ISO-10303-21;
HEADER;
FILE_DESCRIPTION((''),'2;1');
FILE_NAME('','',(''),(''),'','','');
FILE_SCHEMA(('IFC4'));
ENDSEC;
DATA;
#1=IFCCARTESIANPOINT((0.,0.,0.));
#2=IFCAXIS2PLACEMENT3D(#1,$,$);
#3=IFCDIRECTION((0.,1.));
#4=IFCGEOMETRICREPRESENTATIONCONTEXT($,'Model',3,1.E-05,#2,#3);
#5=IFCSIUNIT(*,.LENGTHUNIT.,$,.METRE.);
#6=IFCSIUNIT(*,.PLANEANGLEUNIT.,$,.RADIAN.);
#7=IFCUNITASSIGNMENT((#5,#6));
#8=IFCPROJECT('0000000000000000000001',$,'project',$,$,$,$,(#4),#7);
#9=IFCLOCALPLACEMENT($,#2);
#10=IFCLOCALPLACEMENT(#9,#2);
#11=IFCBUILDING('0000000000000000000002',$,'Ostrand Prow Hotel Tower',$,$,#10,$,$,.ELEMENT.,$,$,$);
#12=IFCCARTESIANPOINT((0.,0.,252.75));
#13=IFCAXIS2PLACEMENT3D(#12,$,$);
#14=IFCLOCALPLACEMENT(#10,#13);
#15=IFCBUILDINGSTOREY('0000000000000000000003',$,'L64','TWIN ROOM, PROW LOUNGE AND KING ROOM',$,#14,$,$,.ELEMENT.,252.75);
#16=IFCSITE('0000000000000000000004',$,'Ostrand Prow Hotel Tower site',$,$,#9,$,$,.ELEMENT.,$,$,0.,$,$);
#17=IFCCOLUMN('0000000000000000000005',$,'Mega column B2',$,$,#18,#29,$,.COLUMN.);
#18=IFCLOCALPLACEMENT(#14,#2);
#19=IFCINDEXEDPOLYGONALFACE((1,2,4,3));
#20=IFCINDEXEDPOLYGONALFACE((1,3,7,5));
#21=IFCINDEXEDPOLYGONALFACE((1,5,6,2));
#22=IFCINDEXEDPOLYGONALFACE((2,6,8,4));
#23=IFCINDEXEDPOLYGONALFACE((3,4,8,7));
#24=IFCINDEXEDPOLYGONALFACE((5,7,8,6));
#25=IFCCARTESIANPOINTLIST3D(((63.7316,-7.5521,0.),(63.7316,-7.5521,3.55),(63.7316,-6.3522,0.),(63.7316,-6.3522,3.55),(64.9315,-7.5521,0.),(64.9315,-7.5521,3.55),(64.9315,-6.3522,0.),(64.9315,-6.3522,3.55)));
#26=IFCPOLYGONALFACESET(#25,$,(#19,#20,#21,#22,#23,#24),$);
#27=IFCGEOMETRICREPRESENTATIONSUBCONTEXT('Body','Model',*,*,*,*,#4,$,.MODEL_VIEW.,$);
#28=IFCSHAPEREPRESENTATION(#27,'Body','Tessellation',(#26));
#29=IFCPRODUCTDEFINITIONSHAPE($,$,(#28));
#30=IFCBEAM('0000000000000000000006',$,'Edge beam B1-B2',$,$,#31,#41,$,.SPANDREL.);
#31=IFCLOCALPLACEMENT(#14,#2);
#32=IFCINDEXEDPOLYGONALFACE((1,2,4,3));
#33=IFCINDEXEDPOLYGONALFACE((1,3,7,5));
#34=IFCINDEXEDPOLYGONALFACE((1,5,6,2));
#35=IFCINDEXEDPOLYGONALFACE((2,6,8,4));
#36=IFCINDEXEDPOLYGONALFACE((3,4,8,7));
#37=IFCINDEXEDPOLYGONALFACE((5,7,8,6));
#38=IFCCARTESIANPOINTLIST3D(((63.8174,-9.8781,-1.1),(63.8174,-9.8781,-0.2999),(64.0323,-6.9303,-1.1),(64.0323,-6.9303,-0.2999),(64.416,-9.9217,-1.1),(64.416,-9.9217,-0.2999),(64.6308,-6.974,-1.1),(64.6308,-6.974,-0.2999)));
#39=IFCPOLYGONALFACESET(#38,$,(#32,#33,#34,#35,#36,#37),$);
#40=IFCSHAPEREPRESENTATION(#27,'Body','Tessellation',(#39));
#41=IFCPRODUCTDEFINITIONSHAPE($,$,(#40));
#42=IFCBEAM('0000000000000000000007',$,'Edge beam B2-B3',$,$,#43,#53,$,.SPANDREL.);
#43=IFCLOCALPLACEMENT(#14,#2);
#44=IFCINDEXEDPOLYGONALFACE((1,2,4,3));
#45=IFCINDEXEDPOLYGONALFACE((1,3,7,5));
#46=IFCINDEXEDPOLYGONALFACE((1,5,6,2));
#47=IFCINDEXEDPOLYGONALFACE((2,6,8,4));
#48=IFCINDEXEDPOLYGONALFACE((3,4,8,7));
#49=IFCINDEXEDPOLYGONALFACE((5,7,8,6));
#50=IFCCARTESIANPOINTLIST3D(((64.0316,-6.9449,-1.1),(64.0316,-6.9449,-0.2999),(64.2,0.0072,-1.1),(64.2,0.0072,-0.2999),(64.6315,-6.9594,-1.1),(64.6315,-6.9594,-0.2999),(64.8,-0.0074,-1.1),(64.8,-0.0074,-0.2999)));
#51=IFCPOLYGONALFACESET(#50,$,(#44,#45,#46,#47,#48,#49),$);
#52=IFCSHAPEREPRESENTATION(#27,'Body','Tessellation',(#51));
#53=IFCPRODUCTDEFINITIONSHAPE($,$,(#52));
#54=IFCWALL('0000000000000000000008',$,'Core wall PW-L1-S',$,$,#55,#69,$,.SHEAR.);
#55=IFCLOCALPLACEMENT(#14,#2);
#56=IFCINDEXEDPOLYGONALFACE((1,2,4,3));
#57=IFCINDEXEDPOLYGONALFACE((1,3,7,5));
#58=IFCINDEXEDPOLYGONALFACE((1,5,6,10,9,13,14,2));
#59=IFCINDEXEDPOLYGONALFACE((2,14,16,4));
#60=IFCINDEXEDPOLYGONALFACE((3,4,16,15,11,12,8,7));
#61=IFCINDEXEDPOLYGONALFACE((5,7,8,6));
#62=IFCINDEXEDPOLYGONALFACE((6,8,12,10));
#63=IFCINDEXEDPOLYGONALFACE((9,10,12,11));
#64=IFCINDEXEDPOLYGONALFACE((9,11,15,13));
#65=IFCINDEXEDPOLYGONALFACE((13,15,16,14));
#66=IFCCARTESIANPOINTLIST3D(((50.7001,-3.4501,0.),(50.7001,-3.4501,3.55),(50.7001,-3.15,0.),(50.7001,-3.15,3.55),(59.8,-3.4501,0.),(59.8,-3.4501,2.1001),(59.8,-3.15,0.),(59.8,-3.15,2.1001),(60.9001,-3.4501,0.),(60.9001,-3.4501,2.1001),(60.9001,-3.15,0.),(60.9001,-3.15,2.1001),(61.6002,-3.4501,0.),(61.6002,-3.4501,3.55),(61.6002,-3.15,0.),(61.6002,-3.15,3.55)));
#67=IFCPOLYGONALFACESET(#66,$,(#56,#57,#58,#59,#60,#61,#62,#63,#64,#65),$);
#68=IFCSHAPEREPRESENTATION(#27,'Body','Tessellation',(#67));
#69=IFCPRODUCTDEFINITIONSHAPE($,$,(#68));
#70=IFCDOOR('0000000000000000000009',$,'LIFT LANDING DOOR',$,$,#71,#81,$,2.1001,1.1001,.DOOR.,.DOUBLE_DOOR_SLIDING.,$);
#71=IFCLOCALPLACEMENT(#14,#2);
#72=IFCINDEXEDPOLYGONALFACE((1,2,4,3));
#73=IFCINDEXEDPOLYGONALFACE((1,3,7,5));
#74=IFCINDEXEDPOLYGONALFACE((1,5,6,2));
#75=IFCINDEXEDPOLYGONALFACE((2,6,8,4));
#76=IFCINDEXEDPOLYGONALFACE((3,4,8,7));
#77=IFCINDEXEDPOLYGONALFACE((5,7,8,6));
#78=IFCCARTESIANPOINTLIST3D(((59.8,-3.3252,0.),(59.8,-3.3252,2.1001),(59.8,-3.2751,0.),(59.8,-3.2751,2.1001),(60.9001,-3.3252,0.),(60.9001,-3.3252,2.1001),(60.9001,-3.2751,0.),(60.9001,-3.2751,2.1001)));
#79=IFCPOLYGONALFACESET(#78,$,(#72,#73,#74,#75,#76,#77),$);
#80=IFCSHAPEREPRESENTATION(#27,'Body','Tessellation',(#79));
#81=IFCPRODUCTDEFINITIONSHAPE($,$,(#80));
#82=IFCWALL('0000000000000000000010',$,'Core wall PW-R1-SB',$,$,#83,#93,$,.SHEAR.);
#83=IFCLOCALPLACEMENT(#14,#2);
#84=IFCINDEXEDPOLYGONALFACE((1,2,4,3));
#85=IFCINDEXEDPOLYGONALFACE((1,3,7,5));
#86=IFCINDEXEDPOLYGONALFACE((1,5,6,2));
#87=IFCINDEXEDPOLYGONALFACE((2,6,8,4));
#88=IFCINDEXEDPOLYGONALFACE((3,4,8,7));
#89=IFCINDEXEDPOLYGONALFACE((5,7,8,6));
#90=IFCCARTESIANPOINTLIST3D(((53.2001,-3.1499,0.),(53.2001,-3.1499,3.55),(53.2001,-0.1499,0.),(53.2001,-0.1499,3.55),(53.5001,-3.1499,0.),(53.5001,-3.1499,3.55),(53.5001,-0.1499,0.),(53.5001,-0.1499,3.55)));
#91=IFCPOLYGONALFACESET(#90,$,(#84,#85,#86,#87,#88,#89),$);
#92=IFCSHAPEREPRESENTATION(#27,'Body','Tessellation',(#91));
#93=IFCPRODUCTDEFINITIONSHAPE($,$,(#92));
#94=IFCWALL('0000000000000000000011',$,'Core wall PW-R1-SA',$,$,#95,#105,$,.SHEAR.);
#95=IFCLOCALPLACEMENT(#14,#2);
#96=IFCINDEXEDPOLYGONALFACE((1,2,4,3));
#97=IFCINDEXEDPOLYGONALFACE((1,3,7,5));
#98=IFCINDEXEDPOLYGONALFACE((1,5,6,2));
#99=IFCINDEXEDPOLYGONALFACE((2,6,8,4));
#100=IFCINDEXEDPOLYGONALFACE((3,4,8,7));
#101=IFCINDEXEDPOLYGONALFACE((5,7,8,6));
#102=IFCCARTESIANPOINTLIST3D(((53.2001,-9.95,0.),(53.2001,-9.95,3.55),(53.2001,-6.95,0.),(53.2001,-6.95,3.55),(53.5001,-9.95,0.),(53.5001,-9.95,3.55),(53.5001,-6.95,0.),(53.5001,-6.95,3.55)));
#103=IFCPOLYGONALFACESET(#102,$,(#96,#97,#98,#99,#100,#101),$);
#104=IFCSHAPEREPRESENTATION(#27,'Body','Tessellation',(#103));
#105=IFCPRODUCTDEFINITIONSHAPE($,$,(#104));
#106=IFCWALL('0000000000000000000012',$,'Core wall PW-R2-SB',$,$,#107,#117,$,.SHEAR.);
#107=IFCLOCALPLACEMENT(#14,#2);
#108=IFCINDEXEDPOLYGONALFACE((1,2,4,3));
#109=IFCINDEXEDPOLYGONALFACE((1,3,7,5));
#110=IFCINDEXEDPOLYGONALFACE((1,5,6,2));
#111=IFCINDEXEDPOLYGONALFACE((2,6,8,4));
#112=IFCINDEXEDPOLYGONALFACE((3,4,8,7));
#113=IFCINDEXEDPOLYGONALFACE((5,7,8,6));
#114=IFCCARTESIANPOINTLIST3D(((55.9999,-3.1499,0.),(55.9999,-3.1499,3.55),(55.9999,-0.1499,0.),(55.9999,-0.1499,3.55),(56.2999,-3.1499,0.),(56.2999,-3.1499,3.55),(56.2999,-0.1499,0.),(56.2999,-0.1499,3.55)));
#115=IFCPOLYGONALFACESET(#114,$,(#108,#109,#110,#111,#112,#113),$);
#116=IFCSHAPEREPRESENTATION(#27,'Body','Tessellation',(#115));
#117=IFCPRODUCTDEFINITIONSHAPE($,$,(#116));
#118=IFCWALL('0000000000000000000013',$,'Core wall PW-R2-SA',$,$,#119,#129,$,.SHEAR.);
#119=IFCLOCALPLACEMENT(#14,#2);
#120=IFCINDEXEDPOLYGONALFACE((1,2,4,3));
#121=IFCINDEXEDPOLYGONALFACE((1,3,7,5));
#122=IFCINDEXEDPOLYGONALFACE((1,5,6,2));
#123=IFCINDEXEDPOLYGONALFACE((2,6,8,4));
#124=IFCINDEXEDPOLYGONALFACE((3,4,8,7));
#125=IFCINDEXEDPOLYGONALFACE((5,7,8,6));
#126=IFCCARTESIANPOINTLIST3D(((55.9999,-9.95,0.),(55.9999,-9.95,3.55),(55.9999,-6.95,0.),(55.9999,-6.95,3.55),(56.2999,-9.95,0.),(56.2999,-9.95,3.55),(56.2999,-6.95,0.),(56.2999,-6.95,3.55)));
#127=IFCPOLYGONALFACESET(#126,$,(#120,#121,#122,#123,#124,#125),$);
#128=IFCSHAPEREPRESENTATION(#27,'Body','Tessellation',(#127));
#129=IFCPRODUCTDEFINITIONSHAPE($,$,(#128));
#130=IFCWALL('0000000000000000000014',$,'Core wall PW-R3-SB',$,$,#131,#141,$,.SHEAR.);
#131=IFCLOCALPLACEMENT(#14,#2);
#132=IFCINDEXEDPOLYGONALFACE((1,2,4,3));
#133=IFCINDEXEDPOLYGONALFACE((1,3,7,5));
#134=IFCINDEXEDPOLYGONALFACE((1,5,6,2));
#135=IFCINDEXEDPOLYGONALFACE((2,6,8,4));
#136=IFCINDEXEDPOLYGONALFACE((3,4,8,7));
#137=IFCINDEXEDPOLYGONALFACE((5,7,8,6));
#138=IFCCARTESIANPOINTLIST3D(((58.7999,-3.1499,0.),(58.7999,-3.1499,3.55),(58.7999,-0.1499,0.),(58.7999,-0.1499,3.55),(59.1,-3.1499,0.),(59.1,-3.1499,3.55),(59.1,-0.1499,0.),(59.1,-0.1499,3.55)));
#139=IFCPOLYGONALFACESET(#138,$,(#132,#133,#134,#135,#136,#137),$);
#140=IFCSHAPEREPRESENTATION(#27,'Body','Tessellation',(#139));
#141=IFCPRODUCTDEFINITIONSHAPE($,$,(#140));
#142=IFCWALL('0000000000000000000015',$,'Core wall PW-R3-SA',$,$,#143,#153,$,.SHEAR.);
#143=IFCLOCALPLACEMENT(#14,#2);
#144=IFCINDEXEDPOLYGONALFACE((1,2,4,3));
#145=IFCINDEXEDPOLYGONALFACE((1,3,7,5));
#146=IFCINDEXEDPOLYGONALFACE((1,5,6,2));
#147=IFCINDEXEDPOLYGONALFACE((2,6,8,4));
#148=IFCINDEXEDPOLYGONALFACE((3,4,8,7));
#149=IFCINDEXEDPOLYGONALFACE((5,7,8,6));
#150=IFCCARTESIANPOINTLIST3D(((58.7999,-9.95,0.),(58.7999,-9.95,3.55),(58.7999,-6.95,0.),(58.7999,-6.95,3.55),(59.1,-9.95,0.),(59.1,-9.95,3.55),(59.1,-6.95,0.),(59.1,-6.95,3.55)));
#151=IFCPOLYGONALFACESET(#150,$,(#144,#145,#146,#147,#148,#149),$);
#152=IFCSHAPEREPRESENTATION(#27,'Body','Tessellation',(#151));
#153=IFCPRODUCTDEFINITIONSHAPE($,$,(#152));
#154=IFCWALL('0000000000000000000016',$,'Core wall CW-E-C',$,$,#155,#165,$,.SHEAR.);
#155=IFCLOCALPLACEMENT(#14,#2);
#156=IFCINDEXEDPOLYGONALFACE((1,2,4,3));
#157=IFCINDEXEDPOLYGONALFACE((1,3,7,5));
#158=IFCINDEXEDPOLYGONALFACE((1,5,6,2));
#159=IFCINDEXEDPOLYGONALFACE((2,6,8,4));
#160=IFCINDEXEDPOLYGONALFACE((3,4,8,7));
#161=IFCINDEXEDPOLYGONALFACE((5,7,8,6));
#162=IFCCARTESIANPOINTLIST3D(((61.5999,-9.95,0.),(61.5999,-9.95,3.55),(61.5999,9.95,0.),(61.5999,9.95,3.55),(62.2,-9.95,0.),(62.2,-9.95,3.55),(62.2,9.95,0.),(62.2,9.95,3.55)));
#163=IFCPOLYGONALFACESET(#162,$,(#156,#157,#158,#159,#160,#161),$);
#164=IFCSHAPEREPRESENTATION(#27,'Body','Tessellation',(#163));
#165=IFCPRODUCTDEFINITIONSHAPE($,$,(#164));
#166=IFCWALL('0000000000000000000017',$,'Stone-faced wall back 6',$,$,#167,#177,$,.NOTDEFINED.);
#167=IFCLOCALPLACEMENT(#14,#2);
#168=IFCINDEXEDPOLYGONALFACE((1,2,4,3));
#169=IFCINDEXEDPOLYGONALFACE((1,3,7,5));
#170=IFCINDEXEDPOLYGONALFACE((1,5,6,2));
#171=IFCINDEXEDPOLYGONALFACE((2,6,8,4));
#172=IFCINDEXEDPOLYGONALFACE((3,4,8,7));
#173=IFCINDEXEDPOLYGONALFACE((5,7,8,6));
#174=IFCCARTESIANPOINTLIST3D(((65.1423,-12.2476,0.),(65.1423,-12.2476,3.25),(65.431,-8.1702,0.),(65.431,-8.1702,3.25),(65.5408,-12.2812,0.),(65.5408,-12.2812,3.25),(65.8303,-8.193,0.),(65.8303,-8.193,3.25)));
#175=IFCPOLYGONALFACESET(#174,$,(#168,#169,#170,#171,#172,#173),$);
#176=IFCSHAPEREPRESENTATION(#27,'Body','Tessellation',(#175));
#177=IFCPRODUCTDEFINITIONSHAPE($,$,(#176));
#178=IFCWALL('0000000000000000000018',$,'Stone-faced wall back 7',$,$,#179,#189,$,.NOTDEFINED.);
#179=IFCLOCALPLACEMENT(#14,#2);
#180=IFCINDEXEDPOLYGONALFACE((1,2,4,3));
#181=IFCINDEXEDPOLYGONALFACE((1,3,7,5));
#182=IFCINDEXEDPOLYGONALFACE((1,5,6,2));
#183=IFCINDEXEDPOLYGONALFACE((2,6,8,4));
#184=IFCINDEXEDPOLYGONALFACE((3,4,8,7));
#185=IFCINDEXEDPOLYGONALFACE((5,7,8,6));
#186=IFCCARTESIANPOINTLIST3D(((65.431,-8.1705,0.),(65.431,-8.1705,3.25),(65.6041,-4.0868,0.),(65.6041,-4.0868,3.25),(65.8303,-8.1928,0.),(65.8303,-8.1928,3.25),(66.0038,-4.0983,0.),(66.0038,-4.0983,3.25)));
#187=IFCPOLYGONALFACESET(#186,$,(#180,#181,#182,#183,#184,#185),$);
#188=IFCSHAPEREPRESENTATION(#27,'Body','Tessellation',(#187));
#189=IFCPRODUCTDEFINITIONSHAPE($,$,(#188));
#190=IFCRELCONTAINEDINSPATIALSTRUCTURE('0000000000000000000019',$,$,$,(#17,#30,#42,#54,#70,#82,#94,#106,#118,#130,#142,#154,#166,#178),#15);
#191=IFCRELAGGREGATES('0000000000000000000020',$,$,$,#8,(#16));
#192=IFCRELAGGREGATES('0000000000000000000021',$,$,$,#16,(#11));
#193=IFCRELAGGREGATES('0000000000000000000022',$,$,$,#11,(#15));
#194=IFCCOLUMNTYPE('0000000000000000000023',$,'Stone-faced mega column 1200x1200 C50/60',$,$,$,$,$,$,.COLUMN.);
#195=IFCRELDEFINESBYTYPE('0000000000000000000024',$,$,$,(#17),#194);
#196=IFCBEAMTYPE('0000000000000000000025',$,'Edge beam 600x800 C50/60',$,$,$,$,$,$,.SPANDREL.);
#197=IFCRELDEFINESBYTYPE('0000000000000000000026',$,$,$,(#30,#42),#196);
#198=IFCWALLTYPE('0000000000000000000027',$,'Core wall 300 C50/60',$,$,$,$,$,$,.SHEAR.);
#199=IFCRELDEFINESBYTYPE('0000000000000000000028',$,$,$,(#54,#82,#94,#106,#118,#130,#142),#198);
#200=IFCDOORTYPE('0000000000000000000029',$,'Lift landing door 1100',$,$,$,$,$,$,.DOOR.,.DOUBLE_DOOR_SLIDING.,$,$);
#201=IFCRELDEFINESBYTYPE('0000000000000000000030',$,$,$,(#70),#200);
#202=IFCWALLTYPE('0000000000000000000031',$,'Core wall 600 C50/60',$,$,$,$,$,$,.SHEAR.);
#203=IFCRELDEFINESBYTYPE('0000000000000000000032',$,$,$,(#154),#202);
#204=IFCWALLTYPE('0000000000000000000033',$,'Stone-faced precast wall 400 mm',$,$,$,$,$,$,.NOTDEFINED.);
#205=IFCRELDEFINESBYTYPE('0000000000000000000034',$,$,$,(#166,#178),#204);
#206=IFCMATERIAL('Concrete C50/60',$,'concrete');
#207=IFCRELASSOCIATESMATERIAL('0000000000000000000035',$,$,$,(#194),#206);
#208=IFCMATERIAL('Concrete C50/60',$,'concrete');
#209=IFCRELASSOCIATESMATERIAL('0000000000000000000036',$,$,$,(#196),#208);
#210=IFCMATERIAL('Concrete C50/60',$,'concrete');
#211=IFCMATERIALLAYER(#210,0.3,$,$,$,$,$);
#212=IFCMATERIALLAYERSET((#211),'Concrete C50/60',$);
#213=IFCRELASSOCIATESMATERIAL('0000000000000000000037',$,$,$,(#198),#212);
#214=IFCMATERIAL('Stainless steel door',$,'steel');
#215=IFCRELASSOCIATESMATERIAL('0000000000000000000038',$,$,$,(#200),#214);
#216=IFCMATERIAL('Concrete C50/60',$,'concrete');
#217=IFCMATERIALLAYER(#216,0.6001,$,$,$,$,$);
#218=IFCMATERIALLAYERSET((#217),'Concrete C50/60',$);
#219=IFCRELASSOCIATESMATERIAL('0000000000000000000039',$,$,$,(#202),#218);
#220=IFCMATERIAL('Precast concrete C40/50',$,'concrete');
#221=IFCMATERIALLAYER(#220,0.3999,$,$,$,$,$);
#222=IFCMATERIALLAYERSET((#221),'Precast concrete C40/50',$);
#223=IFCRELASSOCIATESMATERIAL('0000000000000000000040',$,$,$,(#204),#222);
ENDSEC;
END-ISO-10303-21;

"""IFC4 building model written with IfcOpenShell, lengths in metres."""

from ifc_helpers import new_model, si_unit, direction, frame, frame_2d, origin, origin_2d, place, context, subcontext, project, spatial, polyline, rectangle, outline, extrude, material, layer, layer_set, material_profile, profile_set, type_object, element, fill, save


model = new_model("IFC4")

# Units and contexts
model_context = context("Model", 3, precision=1e-05, world=origin(), true_north=direction((0.0, 1.0)))
body_context = subcontext(model_context, "Body", "Model", "MODEL_VIEW")
ifc_project = project(units=[si_unit("LENGTHUNIT", "METRE"), si_unit("PLANEANGLEUNIT", "RADIAN")], contexts=[model_context])

# Site, building, storey
site_placement = place(None, origin())
site = spatial("IfcSite", under=ifc_project, at=site_placement, Name="Ostrand Prow Hotel Tower site", CompositionType="ELEMENT", RefElevation=0.0)
building_placement = place(site_placement, origin())
building = spatial("IfcBuilding", under=site, at=building_placement, Name="Ostrand Prow Hotel Tower", CompositionType="ELEMENT")
storey_placement = place(building_placement, frame((0.0, 0.0, 252.75)))
storey = spatial("IfcBuildingStorey", under=building, at=storey_placement, Name="L64", Description="TWIN ROOM, PROW LOUNGE AND KING ROOM", CompositionType="ELEMENT", Elevation=252.75)

# Column
ifc_material_1 = material(Name="Concrete C50/60", Category="concrete")
ifc_material_profile_1 = material_profile(ifc_material_1, rectangle(XDim=1.2, YDim=1.2, at=origin_2d()), Name="RC 1200x1200")
ifc_profile_set_1 = profile_set([ifc_material_profile_1], Name="Concrete C50/60")
column_type = type_object("IfcColumnType", Name="Stone-faced mega column 1200x1200 C50/60", PredefinedType="COLUMN", material=ifc_profile_set_1)
column_placement = place(storey_placement, frame((64.3315, -6.9521, 0.0), z_axis=(0.0, 0.0, 1.0), x_axis=(1.0, 0.0, 0.0)))
element("IfcColumn", 1, at=column_placement, inside=storey, type_object=column_type, Name="Mega column B2", PredefinedType="COLUMN", context=body_context, shape_type="SweptSolid", body=[
    extrude(rectangle(XDim=1.2, YDim=1.2, at=origin_2d()), origin(), (0.0, 0.0, 1.0), 3.55),
])

# Beams
ifc_material_2 = material(Name="Concrete C50/60", Category="concrete")
ifc_material_profile_2 = material_profile(ifc_material_2, rectangle(XDim=0.6001, YDim=0.8, at=origin_2d()), Name="RC 600x800")
ifc_profile_set_2 = profile_set([ifc_material_profile_2], Name="Concrete C50/60")
beam_type = type_object("IfcBeamType", Name="Edge beam 600x800 C50/60", PredefinedType="SPANDREL", material=ifc_profile_set_2)
beam_1_placement = place(storey_placement, frame((64.1167, -9.8999, -0.7), z_axis=(0.072691, 0.997355, 0.0), x_axis=(-0.997355, 0.072691, 0.0)))
element("IfcBeam", 2, at=beam_1_placement, inside=storey, type_object=beam_type, Name="Edge beam B1-B2", PredefinedType="SPANDREL", context=body_context, shape_type="SweptSolid", body=[
    extrude(rectangle(XDim=0.6001, YDim=0.8, at=origin_2d()), origin(), (0.0, 0.0, 1.0), 2.9556),
])
beam_2_placement = place(storey_placement, frame((64.3315, -6.9521, -0.7), z_axis=(0.024224, 0.999707, 0.0), x_axis=(-0.999707, 0.024224, 0.0)))
element("IfcBeam", 3, at=beam_2_placement, inside=storey, type_object=beam_type, Name="Edge beam B2-B3", PredefinedType="SPANDREL", context=body_context, shape_type="SweptSolid", body=[
    extrude(rectangle(XDim=0.6001, YDim=0.8, at=origin_2d()), origin(), (0.0, 0.0, 1.0), 6.9541),
])

# Wall, opening, door
ifc_material_3 = material(Name="Concrete C50/60", Category="concrete")
ifc_layer_1 = layer(ifc_material_3, 0.3)
ifc_layer_set_1 = layer_set([ifc_layer_1], Name="Concrete C50/60")
wall_type_1 = type_object("IfcWallType", Name="Core wall 300 C50/60", PredefinedType="SHEAR", material=ifc_layer_set_1)
wall_1_placement = place(storey_placement, frame((50.7, -3.3, 0.0), z_axis=(0.0, 0.0, 1.0), x_axis=(1.0, 0.0, 0.0)))
wall_1 = element("IfcWall", 4, at=wall_1_placement, inside=storey, type_object=wall_type_1, Name="Core wall PW-L1-S", PredefinedType="SHEAR", context=body_context, shape_type="SweptSolid", body=[
    extrude(rectangle(XDim=10.9001, YDim=0.3, at=frame_2d((5.4502, 0.0))), origin(), (0.0, 0.0, 1.0), 3.55),
])
opening_placement = place(wall_1_placement, frame((9.1001, 0.0, 0.0)))
opening = element("IfcOpeningElement", 5, at=opening_placement, cuts=wall_1, PredefinedType="OPENING", context=body_context, shape_type="SweptSolid", body=[
    extrude(rectangle(XDim=1.1001, YDim=2.1001, at=frame_2d((0.55, 1.05))), frame((0.0, 0.1599, 0.0), z_axis=(0.0, -1.0, 0.0), x_axis=(1.0, 0.0, 0.0)), (0.0, 0.0, 1.0), 0.3201),
])
ifc_material_4 = material(Name="Stainless steel door", Category="steel")
door_type = type_object("IfcDoorType", Name="Lift landing door 1100", OperationType="DOUBLE_DOOR_SLIDING", PredefinedType="DOOR", material=ifc_material_4)
door_placement = place(opening_placement, origin())
door = element("IfcDoor", 6, at=door_placement, inside=storey, type_object=door_type, Name="LIFT LANDING DOOR", OperationType="DOUBLE_DOOR_SLIDING", OverallHeight=2.1001, OverallWidth=1.1001, PredefinedType="DOOR", context=body_context, shape_type="SweptSolid", body=[
    extrude(rectangle(XDim=1.1001, YDim=2.1001, at=frame_2d((0.55, 1.05))), frame((0.0, 0.0249, 0.0), z_axis=(0.0, -1.0, 0.0), x_axis=(1.0, 0.0, 0.0)), (0.0, 0.0, 1.0), 0.05),
])
fill(opening, door)

# Walls
for number, where, z_axis, x_axis, name in (
    (7, (53.3501, -3.1499, 0.0), (0.0, 0.0, 1.0), (0.0, 1.0, 0.0), "Core wall PW-R1-SB"),
    (8, (53.3501, -9.95, 0.0), (0.0, 0.0, 1.0), (0.0, 1.0, 0.0), "Core wall PW-R1-SA"),
    (9, (56.1499, -3.1499, 0.0), (0.0, 0.0, 1.0), (0.0, 1.0, 0.0), "Core wall PW-R2-SB"),
    (10, (56.1499, -9.95, 0.0), (0.0, 0.0, 1.0), (0.0, 1.0, 0.0), "Core wall PW-R2-SA"),
    (11, (58.95, -3.1499, 0.0), (0.0, 0.0, 1.0), (0.0, 1.0, 0.0), "Core wall PW-R3-SB"),
    (12, (58.95, -9.95, 0.0), (0.0, 0.0, 1.0), (0.0, 1.0, 0.0), "Core wall PW-R3-SA"),
):
    element("IfcWall", number, at=place(storey_placement, frame(where, z_axis=z_axis, x_axis=x_axis)), inside=storey, type_object=wall_type_1, Name=name, PredefinedType="SHEAR", context=body_context, shape_type="SweptSolid", body=[
        extrude(rectangle(XDim=3.0, YDim=0.3, at=frame_2d((1.5, 0.0))), origin(), (0.0, 0.0, 1.0), 3.55),
    ])
ifc_material_5 = material(Name="Concrete C50/60", Category="concrete")
ifc_layer_2 = layer(ifc_material_5, 0.6001)
ifc_layer_set_2 = layer_set([ifc_layer_2], Name="Concrete C50/60")
wall_type_2 = type_object("IfcWallType", Name="Core wall 600 C50/60", PredefinedType="SHEAR", material=ifc_layer_set_2)
wall_2_placement = place(storey_placement, frame((61.8999, -9.95, 0.0), z_axis=(0.0, 0.0, 1.0), x_axis=(0.0, 1.0, 0.0)))
element("IfcWall", 13, at=wall_2_placement, inside=storey, type_object=wall_type_2, Name="Core wall CW-E-C", PredefinedType="SHEAR", context=body_context, shape_type="SweptSolid", body=[
    extrude(rectangle(XDim=19.8999, YDim=0.6001, at=frame_2d((9.95, 0.0))), origin(), (0.0, 0.0, 1.0), 3.55),
])
ifc_material_6 = material(Name="Precast concrete C40/50", Category="concrete")
ifc_layer_3 = layer(ifc_material_6, 0.3999)
ifc_layer_set_3 = layer_set([ifc_layer_3], Name="Precast concrete C40/50")
wall_type_3 = type_object("IfcWallType", Name="Stone-faced precast wall 400 mm", PredefinedType="NOTDEFINED", material=ifc_layer_set_3)
wall_3_placement = place(storey_placement, frame((65.3416, -12.2644, 0.0), z_axis=(0.0, 0.0, 1.0), x_axis=(0.070624, 0.997503, 0.0)))
element("IfcWall", 14, at=wall_3_placement, inside=storey, type_object=wall_type_3, Name="Stone-faced wall back 6", PredefinedType="NOTDEFINED", context=body_context, shape_type="SweptSolid", body=[
    extrude(outline(polyline([(-0.0027, -0.2), (4.0957, -0.2), (4.0903, 0.2), (0.0027, 0.2), (-0.0027, -0.2)])), origin(), (0.0, 0.0, 1.0), 3.25),
])
wall_4_placement = place(storey_placement, frame((65.6306, -8.1816, 0.0), z_axis=(0.0, 0.0, 1.0), x_axis=(0.042353, 0.999103, 0.0)))
element("IfcWall", 15, at=wall_4_placement, inside=storey, type_object=wall_type_3, Name="Stone-faced wall back 7", PredefinedType="NOTDEFINED", context=body_context, shape_type="SweptSolid", body=[
    extrude(outline(polyline([(-0.0027, -0.2), (4.0955, -0.2), (4.0901, 0.2), (0.0027, 0.2), (-0.0027, -0.2)])), origin(), (0.0, 0.0, 1.0), 3.25),
])

save(model, "model.ifc")
